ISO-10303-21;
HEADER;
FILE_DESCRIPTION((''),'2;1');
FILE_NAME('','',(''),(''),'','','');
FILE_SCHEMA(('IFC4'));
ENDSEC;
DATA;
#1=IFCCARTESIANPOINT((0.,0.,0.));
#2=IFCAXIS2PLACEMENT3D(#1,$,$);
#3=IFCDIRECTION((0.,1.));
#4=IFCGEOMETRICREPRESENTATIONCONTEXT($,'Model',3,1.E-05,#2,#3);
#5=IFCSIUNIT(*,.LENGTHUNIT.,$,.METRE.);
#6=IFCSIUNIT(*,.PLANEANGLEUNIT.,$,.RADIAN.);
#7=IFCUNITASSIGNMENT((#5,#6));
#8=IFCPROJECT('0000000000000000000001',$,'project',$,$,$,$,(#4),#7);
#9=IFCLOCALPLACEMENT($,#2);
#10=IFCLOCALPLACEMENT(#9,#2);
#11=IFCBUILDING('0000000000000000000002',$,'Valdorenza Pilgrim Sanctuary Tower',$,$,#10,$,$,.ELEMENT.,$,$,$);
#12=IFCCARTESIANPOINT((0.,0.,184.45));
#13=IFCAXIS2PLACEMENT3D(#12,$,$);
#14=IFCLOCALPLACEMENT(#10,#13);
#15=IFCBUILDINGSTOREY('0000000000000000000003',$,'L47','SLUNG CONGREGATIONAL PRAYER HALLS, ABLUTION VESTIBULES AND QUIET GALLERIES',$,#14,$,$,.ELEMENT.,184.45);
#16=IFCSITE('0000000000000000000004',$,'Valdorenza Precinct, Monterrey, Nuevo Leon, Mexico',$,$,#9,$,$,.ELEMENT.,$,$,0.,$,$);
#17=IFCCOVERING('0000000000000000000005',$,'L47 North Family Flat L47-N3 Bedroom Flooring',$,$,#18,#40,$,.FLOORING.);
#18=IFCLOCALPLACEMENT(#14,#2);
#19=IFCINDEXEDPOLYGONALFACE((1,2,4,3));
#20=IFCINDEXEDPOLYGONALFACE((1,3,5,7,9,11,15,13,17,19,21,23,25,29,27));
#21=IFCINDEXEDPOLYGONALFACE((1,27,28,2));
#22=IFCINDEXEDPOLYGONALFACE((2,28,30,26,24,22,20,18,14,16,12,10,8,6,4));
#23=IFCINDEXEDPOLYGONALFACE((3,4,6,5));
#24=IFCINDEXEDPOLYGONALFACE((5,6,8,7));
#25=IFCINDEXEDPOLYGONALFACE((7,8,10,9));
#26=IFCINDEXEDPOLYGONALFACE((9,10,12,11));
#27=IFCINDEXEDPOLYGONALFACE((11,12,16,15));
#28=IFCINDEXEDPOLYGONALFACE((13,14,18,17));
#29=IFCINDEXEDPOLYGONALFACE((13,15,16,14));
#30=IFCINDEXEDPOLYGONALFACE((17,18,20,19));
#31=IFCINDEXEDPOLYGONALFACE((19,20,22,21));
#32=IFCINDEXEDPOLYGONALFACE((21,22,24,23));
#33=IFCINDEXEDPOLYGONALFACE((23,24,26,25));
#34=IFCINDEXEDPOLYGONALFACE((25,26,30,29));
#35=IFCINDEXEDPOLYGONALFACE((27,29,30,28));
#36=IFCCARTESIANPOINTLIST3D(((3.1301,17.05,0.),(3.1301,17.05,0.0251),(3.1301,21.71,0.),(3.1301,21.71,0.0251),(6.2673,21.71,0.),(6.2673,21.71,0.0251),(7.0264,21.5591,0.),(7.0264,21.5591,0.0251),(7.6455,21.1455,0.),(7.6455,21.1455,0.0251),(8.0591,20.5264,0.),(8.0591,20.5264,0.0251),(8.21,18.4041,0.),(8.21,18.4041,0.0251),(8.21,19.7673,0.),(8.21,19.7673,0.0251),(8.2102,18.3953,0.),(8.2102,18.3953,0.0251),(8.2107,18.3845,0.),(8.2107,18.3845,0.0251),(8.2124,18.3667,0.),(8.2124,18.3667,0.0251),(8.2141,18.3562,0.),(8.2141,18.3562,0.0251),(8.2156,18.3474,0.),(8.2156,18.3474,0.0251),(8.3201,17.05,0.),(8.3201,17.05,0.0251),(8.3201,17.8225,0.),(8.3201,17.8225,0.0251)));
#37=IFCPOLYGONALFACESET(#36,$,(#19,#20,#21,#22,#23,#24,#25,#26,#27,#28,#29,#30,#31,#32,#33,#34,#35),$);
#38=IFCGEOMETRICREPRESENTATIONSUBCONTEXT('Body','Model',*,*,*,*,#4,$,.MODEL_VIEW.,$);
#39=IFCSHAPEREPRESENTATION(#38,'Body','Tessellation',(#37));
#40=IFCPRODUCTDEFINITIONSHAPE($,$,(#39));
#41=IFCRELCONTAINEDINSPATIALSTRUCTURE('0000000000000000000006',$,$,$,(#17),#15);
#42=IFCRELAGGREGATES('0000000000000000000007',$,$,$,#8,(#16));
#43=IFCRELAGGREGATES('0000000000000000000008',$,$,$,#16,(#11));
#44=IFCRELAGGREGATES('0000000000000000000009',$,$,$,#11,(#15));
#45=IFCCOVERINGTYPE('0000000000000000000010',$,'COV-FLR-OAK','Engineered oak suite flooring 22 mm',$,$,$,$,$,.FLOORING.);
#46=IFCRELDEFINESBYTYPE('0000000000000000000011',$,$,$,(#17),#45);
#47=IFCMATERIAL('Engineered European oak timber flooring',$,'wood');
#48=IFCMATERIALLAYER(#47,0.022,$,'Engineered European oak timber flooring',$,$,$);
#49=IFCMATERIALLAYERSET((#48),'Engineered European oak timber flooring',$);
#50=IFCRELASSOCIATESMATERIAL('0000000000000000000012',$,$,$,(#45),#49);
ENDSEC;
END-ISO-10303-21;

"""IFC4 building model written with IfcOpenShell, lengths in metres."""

from ifc_helpers import new_model, si_unit, direction, frame, origin, place, context, subcontext, project, spatial, polyline, outline, extrude, material, layer, layer_set, type_object, element, save


model = new_model("IFC4")

# Units and contexts
model_context = context("Model", 3, precision=1e-05, world=origin(), true_north=direction((0.0, 1.0)))
body_context = subcontext(model_context, "Body", "Model", "MODEL_VIEW")
ifc_project = project(units=[si_unit("LENGTHUNIT", "METRE"), si_unit("PLANEANGLEUNIT", "RADIAN")], contexts=[model_context])

# Site, building, storey
site_placement = place(None, origin())
site = spatial("IfcSite", under=ifc_project, at=site_placement, Name="Valdorenza Precinct, Monterrey, Nuevo Leon, Mexico", CompositionType="ELEMENT", RefElevation=0.0)
building_placement = place(site_placement, origin())
building = spatial("IfcBuilding", under=site, at=building_placement, Name="Valdorenza Pilgrim Sanctuary Tower", CompositionType="ELEMENT")
storey_placement = place(building_placement, frame((0.0, 0.0, 184.45)))
storey = spatial("IfcBuildingStorey", under=building, at=storey_placement, Name="L47", Description="SLUNG CONGREGATIONAL PRAYER HALLS, ABLUTION VESTIBULES AND QUIET GALLERIES", CompositionType="ELEMENT", Elevation=184.45)

# Covering
ifc_material_1 = material(Name="Engineered European oak timber flooring", Category="wood")
ifc_layer_1 = layer(ifc_material_1, 0.022, Name="Engineered European oak timber flooring")
ifc_layer_set_1 = layer_set([ifc_layer_1], Name="Engineered European oak timber flooring")
covering_type_1 = type_object("IfcCoveringType", Name="COV-FLR-OAK", Description="Engineered oak suite flooring 22 mm", PredefinedType="FLOORING", material=ifc_layer_set_1)
covering_1_placement = place(storey_placement, origin())
element("IfcCovering", 1, at=covering_1_placement, inside=storey, type_object=covering_type_1, Name="L47 North Family Flat L47-N3 Bedroom Flooring", PredefinedType="FLOORING", context=body_context, shape_type="SweptSolid", body=[
    extrude(outline(polyline([(3.1301, 17.05), (3.1301, 21.71), (6.2673, 21.71), (7.0264, 21.5591), (7.6455, 21.1455), (8.0591, 20.5264), (8.21, 19.7673), (8.21, 18.4041), (8.2102, 18.3953), (8.2107, 18.3845), (8.2124, 18.3667), (8.2141, 18.3562), (8.2156, 18.3474), (8.3201, 17.8225), (8.3201, 17.05), (3.1301, 17.05)])), origin(), (0.0, 0.0, 1.0), 0.0251),
])

save(model, "model.ifc")
